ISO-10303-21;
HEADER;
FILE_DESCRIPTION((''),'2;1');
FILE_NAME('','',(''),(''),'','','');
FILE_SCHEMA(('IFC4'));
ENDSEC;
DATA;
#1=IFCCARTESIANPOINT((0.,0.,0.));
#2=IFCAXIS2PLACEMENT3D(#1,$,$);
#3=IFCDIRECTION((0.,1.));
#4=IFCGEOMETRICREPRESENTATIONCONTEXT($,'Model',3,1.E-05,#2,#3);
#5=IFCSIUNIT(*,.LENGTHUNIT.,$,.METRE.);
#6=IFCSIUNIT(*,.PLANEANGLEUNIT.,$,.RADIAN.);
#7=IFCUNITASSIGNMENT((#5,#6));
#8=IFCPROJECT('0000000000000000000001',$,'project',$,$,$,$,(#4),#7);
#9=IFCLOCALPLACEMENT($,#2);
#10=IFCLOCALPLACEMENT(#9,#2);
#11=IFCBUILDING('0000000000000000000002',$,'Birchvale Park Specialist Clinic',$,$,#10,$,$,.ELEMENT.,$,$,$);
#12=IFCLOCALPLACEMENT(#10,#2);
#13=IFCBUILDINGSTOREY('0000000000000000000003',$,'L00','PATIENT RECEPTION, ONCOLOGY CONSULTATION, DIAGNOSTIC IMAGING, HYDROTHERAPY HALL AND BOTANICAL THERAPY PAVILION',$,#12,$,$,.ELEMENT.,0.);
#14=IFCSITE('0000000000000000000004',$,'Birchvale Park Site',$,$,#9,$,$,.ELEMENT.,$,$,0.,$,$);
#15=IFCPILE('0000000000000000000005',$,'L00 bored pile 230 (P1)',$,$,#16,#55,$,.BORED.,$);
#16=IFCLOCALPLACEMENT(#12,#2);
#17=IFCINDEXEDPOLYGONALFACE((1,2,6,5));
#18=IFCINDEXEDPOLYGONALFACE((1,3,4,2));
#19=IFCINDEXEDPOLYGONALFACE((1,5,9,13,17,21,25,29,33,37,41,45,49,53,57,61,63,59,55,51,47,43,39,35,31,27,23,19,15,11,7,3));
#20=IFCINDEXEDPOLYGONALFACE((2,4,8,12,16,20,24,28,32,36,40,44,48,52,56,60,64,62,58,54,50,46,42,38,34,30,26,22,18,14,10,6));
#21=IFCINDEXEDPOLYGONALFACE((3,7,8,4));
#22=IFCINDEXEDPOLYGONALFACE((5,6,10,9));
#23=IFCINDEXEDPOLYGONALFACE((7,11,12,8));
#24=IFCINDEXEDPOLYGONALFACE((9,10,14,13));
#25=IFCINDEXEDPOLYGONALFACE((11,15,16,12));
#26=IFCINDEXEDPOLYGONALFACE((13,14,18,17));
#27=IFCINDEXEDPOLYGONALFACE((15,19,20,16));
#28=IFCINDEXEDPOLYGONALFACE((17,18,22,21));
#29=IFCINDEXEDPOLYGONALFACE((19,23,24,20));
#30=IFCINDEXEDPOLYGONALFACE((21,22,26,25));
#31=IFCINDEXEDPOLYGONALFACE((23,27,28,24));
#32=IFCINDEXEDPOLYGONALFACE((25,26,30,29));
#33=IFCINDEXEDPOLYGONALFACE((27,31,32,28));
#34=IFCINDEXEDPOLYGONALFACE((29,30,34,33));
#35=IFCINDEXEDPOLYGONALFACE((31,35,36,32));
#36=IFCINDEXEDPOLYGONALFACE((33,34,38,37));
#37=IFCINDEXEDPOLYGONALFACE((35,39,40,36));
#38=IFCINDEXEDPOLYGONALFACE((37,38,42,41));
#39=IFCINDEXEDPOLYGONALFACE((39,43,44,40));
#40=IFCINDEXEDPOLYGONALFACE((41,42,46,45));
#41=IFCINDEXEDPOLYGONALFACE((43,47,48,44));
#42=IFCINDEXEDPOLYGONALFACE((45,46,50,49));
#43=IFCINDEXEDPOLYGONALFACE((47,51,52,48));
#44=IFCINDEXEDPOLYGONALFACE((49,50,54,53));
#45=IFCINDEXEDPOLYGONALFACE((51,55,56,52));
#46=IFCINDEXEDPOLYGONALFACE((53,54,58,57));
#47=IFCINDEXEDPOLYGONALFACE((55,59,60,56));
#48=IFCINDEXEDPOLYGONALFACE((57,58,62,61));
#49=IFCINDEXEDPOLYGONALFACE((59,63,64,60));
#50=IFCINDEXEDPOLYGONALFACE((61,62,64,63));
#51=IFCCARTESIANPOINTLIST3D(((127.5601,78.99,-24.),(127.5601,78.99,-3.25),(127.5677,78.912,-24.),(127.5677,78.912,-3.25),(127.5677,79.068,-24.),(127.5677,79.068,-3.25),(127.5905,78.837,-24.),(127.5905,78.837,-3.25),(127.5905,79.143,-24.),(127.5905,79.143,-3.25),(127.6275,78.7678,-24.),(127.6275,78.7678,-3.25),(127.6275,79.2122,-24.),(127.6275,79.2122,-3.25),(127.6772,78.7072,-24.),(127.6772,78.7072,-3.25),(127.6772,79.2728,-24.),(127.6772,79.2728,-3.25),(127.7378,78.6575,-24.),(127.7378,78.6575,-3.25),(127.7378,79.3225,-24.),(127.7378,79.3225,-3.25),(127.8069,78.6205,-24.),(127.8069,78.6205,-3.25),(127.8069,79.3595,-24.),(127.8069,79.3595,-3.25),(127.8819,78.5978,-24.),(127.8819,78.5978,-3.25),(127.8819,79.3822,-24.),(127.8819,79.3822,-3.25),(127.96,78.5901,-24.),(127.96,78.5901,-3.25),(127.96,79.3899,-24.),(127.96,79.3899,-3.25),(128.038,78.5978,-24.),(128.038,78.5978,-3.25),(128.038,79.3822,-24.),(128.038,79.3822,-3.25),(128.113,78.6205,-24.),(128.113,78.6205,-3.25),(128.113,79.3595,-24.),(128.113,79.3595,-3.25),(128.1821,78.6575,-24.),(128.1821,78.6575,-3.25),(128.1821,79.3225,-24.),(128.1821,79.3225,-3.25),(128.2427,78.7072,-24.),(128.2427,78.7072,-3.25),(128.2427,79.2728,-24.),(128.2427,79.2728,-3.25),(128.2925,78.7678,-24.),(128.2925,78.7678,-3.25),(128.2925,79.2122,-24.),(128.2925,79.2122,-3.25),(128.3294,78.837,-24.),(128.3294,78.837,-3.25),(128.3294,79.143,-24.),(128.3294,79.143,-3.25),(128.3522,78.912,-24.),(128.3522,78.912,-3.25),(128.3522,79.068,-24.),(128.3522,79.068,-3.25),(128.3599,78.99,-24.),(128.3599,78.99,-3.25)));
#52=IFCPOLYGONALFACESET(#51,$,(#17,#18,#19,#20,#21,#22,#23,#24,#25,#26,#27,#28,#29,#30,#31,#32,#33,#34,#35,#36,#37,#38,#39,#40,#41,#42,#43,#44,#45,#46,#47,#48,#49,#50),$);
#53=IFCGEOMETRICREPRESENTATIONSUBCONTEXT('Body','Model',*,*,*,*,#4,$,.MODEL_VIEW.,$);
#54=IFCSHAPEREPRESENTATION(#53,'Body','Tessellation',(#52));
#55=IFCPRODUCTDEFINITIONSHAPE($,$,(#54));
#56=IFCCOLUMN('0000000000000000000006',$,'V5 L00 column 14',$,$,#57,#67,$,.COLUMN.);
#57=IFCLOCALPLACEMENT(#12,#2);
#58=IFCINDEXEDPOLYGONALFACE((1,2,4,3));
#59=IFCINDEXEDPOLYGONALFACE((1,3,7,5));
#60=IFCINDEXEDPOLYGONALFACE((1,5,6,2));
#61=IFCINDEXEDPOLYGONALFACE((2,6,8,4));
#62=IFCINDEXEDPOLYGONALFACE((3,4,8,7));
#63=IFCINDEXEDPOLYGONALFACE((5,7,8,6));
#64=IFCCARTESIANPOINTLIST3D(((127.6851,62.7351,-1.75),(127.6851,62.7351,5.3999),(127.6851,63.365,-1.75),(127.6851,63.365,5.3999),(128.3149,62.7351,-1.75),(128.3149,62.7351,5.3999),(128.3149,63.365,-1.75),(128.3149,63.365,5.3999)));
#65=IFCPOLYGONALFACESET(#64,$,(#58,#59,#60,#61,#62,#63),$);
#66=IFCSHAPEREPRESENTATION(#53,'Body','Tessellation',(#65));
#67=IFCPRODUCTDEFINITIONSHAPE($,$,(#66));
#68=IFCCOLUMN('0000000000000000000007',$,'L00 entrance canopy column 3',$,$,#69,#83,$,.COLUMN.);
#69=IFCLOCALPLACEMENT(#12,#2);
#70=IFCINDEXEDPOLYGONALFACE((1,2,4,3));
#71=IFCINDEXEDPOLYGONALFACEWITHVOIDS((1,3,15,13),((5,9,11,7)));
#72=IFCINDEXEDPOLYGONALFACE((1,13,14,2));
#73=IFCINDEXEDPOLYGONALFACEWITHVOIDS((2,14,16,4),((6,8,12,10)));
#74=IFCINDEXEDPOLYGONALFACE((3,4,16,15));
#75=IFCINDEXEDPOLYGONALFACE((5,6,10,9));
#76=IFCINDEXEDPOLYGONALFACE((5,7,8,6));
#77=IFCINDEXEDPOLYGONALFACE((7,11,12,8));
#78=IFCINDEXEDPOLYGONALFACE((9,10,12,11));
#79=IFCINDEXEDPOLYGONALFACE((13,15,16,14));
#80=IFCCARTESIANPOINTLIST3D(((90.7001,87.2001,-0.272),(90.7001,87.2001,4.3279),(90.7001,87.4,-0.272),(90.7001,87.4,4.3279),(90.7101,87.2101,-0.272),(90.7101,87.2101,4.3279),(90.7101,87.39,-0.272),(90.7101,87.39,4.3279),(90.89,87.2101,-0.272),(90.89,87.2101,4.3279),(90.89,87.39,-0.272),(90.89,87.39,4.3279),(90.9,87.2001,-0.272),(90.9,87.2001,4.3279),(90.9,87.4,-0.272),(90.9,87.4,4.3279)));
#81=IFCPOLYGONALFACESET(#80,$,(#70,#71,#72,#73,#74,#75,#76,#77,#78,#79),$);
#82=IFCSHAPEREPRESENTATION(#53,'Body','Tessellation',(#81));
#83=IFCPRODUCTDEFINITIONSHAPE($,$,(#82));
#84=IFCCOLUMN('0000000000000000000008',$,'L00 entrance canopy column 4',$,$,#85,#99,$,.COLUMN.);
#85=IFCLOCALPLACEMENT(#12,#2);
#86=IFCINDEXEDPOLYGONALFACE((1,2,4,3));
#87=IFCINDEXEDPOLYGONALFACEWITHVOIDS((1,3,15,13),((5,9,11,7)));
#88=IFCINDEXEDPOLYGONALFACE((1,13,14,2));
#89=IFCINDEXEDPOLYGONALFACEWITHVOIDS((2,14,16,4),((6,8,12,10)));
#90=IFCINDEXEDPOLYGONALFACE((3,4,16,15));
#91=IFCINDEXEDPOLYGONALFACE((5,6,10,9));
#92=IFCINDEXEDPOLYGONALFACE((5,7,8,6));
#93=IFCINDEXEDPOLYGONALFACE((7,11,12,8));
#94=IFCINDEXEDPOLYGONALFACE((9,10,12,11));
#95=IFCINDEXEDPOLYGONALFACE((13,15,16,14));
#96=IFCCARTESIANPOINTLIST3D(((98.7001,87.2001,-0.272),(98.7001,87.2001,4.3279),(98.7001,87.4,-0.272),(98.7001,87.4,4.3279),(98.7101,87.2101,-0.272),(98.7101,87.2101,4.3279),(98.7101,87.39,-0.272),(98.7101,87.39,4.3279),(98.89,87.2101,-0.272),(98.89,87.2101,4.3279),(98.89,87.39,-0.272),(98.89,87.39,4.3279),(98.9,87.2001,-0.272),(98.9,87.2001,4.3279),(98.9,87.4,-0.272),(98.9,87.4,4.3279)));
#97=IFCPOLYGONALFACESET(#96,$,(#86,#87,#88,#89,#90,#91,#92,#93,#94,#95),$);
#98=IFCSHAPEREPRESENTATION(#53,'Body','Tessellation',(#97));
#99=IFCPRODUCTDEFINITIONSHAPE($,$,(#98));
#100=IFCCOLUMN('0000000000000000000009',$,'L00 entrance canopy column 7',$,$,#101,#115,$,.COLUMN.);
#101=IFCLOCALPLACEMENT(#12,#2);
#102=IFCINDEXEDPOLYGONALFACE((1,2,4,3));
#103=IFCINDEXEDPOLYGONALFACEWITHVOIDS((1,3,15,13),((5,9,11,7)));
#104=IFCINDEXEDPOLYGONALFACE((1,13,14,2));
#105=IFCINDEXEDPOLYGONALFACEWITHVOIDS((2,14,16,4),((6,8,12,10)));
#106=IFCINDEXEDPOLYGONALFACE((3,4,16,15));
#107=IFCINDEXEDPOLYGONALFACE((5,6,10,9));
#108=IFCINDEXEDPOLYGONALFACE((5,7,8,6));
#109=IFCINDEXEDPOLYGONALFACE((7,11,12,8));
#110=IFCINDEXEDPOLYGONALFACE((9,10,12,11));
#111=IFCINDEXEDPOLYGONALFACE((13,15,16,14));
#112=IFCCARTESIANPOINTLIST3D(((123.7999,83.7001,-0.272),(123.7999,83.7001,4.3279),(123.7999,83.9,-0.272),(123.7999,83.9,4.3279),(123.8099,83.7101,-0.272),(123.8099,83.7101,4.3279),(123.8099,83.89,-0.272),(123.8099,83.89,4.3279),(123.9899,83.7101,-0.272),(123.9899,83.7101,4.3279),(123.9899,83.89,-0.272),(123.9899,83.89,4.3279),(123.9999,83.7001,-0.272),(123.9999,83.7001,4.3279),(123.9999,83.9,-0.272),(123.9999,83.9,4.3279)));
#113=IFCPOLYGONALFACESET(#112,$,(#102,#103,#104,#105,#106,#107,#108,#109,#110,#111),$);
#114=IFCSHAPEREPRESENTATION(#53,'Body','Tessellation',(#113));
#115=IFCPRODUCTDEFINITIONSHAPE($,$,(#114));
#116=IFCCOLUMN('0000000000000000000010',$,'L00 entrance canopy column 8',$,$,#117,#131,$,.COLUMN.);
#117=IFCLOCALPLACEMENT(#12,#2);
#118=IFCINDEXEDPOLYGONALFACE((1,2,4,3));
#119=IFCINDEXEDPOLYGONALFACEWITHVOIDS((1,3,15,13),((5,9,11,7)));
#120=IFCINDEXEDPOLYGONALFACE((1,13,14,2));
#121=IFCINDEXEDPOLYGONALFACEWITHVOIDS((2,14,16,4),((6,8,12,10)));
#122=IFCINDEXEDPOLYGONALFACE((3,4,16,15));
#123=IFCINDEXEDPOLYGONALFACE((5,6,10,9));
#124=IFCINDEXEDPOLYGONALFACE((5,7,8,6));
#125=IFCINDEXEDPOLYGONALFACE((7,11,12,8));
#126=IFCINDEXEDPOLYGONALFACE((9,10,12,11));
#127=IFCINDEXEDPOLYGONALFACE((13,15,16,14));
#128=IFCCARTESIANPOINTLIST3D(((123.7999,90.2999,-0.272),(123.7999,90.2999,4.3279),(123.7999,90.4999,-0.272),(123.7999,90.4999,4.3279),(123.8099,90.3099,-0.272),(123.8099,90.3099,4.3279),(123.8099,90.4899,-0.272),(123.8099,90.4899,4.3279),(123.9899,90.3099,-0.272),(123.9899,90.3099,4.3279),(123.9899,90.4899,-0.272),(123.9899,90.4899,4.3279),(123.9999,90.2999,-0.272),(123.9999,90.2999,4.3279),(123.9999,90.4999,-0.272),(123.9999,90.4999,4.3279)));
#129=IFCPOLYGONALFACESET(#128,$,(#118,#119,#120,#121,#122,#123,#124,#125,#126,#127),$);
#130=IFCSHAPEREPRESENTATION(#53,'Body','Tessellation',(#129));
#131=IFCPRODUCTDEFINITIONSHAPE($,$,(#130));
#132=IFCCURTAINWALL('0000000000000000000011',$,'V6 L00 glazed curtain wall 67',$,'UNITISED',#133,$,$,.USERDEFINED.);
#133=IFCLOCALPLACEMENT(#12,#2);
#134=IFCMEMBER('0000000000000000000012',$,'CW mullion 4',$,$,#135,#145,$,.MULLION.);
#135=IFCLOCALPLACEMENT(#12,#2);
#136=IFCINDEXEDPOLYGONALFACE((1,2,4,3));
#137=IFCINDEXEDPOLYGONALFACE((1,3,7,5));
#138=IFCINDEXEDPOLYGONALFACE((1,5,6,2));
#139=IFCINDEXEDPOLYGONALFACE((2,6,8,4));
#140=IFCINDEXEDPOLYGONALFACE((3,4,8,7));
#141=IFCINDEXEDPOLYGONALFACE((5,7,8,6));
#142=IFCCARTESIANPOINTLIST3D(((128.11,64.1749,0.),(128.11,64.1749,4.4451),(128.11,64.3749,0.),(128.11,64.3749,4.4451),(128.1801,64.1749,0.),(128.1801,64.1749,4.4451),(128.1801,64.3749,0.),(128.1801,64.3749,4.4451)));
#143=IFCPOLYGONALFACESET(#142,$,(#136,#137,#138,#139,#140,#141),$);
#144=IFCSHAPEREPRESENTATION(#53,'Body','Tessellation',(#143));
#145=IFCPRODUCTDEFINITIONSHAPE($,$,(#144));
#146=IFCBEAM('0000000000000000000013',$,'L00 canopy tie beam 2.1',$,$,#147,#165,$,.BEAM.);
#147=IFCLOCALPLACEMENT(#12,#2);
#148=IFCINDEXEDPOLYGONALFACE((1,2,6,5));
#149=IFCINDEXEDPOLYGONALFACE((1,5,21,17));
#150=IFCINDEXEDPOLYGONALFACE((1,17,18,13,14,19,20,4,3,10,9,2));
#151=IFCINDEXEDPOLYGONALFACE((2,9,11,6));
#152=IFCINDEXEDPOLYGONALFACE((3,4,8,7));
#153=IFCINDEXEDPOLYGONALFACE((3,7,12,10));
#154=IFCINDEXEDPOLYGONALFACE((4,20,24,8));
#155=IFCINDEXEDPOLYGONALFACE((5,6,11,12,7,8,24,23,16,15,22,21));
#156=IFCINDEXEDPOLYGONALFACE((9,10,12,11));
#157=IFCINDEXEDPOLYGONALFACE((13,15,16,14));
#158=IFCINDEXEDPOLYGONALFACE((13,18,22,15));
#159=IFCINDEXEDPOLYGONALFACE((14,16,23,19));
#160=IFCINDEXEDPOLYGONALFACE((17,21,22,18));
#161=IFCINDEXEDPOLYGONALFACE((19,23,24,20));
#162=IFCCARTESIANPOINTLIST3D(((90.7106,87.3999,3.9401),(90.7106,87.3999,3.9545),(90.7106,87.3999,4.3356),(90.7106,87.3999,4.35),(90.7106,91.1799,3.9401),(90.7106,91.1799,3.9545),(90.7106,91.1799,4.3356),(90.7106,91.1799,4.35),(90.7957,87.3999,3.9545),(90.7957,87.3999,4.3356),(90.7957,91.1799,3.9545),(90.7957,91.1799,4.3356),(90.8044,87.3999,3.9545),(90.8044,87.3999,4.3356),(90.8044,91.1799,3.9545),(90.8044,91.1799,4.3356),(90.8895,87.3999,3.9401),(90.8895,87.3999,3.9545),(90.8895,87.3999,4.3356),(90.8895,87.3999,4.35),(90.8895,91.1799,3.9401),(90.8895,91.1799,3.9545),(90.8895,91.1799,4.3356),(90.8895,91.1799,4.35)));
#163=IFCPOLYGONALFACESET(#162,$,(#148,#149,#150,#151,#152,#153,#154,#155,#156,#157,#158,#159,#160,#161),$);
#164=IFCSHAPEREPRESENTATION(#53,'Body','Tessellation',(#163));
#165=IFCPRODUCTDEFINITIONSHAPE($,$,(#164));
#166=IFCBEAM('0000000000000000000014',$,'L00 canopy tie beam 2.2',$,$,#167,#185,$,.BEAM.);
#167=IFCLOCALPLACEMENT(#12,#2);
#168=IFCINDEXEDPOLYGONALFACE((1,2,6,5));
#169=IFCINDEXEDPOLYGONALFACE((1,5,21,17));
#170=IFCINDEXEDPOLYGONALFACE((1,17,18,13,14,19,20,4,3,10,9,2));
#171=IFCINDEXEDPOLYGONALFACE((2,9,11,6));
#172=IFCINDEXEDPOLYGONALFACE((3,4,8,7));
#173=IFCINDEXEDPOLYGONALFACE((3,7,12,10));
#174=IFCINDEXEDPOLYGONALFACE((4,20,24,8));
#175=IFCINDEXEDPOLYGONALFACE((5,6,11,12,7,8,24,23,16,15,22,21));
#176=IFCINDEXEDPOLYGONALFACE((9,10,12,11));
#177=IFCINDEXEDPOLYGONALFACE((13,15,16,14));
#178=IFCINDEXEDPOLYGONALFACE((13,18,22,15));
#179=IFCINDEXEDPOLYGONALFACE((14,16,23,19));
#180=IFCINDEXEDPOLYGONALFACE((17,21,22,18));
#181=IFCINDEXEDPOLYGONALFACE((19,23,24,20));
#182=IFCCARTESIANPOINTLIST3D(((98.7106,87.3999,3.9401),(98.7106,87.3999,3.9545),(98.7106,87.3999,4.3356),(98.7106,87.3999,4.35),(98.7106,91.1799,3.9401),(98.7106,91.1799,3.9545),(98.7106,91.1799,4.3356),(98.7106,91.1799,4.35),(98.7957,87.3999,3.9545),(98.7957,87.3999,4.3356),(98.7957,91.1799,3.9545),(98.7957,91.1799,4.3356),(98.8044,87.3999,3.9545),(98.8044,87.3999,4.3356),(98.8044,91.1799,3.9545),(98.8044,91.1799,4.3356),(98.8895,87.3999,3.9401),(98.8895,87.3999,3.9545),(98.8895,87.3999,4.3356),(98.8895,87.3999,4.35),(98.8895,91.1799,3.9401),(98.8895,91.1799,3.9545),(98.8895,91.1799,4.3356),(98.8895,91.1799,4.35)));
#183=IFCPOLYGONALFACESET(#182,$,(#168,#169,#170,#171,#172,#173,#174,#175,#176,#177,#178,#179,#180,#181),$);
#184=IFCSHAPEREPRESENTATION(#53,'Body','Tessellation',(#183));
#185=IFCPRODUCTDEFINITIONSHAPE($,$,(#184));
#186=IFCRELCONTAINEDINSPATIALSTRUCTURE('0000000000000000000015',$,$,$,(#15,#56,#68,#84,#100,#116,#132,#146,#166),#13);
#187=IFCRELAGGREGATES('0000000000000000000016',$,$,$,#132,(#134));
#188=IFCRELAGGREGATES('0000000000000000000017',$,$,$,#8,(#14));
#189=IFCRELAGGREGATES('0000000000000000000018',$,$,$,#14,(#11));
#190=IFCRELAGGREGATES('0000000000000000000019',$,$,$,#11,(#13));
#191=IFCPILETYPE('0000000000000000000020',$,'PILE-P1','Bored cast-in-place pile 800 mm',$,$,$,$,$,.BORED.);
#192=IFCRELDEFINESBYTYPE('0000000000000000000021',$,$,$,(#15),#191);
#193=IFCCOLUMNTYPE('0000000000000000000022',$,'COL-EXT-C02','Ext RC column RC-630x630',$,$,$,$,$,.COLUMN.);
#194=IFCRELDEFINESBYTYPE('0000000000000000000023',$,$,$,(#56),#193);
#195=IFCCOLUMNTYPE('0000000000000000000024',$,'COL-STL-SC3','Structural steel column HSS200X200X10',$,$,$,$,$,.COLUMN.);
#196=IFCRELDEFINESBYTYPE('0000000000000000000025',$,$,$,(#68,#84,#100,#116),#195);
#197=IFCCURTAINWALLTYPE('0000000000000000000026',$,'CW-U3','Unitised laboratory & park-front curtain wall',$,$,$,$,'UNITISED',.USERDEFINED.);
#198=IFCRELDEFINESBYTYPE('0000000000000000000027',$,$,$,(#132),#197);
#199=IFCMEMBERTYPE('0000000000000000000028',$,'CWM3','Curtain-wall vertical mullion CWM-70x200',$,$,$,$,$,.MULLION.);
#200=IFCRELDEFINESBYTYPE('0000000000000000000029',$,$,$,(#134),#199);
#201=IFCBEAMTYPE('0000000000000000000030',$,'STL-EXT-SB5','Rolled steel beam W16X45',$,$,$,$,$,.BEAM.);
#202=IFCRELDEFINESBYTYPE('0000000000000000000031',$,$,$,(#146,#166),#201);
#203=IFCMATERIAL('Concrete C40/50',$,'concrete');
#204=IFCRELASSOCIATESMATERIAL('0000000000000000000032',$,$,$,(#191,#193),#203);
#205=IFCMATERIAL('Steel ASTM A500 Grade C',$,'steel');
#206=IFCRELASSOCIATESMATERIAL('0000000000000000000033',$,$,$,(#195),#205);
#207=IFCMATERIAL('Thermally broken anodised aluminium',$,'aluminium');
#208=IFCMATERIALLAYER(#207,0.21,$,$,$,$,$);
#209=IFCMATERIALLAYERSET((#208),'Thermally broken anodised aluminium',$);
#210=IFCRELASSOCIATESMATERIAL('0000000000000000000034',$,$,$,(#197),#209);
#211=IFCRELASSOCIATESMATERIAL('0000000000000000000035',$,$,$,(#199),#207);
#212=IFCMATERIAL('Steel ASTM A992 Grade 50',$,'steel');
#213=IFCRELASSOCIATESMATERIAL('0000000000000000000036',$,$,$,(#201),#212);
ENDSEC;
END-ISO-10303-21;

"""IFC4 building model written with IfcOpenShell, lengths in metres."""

from ifc_helpers import new_model, si_unit, direction, frame, origin, origin_2d, place, context, subcontext, project, spatial, rectangle, hollow_rectangle, circle, i_section, extrude, material, layer, layer_set, material_profile, profile_set, type_object, element, aggregate, save


model = new_model("IFC4")

# Units and contexts
model_context = context("Model", 3, precision=1e-05, world=origin(), true_north=direction((0.0, 1.0)))
body_context = subcontext(model_context, "Body", "Model", "MODEL_VIEW")
ifc_project = project(units=[si_unit("LENGTHUNIT", "METRE"), si_unit("PLANEANGLEUNIT", "RADIAN")], contexts=[model_context])

# Site, building, storey
site_placement = place(None, origin())
site = spatial("IfcSite", under=ifc_project, at=site_placement, Name="Birchvale Park Site", CompositionType="ELEMENT", RefElevation=0.0)
building_placement = place(site_placement, origin())
building = spatial("IfcBuilding", under=site, at=building_placement, Name="Birchvale Park Specialist Clinic", CompositionType="ELEMENT")
storey_placement = place(building_placement, origin())
storey = spatial("IfcBuildingStorey", under=building, at=storey_placement, Name="L00", Description="PATIENT RECEPTION, ONCOLOGY CONSULTATION, DIAGNOSTIC IMAGING, HYDROTHERAPY HALL AND BOTANICAL THERAPY PAVILION", CompositionType="ELEMENT", Elevation=0.0)

# Shared definitions
ifc_material_1 = material(Name="Concrete C40/50", Category="concrete")

# Pile
ifc_material_profile_1 = material_profile(ifc_material_1, circle(Radius=0.3999, at=origin_2d()), Name="PILE-800")
ifc_profile_set_1 = profile_set([ifc_material_profile_1], Name="Concrete C40/50")
pile_type = type_object("IfcPileType", Name="PILE-P1", Description="Bored cast-in-place pile 800 mm", PredefinedType="BORED", material=ifc_profile_set_1)
for number, where, z_axis, x_axis, name in (
    (1, (127.96, 78.99, -3.25), (0.0, 0.0, -1.0), (1.0, 0.0, 0.0), "L00 bored pile 230 (P1)"),
):
    element("IfcPile", number, at=place(storey_placement, frame(where, z_axis=z_axis, x_axis=x_axis)), inside=storey, type_object=pile_type, Name=name, PredefinedType="BORED", context=body_context, shape_type="SweptSolid", body=[
        extrude(circle(Radius=0.3999, at=origin_2d()), origin(), (0.0, 0.0, 1.0), 20.75),
    ])

# Columns
ifc_material_profile_2 = material_profile(ifc_material_1, rectangle(XDim=0.6299, YDim=0.6299, at=origin_2d()), Name="RC-630x630")
ifc_profile_set_2 = profile_set([ifc_material_profile_2], Name="Concrete C40/50")
column_type_1 = type_object("IfcColumnType", Name="COL-EXT-C02", Description="Ext RC column RC-630x630", PredefinedType="COLUMN", material=ifc_profile_set_2)
column_placement = place(storey_placement, frame((128.0, 63.05, -1.75), z_axis=(0.0, 0.0, 1.0), x_axis=(1.0, 0.0, 0.0)))
element("IfcColumn", 2, at=column_placement, inside=storey, type_object=column_type_1, Name="V5 L00 column 14", PredefinedType="COLUMN", context=body_context, shape_type="SweptSolid", body=[
    extrude(rectangle(XDim=0.6299, YDim=0.6299, at=origin_2d()), origin(), (0.0, 0.0, 1.0), 7.1499),
])
ifc_material_2 = material(Name="Steel ASTM A500 Grade C", Category="steel")
ifc_material_profile_3 = material_profile(ifc_material_2, hollow_rectangle(XDim=0.2, YDim=0.2, WallThickness=0.01, at=origin_2d()), Name="HSS200X200X10")
ifc_profile_set_3 = profile_set([ifc_material_profile_3], Name="Steel ASTM A500 Grade C")
column_type_2 = type_object("IfcColumnType", Name="COL-STL-SC3", Description="Structural steel column HSS200X200X10", PredefinedType="COLUMN", material=ifc_profile_set_3)
for number, where, z_axis, x_axis, name in (
    (3, (90.8, 87.3, -0.272), (0.0, 0.0, 1.0), (1.0, 0.0, 0.0), "L00 entrance canopy column 3"),
    (4, (98.8, 87.3, -0.272), (0.0, 0.0, 1.0), (1.0, 0.0, 0.0), "L00 entrance canopy column 4"),
    (5, (123.8999, 83.8, -0.272), (0.0, 0.0, 1.0), (1.0, 0.0, 0.0), "L00 entrance canopy column 7"),
    (6, (123.8999, 90.3999, -0.272), (0.0, 0.0, 1.0), (1.0, 0.0, 0.0), "L00 entrance canopy column 8"),
):
    element("IfcColumn", number, at=place(storey_placement, frame(where, z_axis=z_axis, x_axis=x_axis)), inside=storey, type_object=column_type_2, Name=name, PredefinedType="COLUMN", context=body_context, shape_type="SweptSolid", body=[
        extrude(hollow_rectangle(XDim=0.2, YDim=0.2, WallThickness=0.01, at=origin_2d()), origin(), (0.0, 0.0, 1.0), 4.5999),
    ])

# Curtain wall, member
ifc_material_3 = material(Name="Thermally broken anodised aluminium", Category="aluminium")
ifc_layer_1 = layer(ifc_material_3, 0.21)
ifc_layer_set_1 = layer_set([ifc_layer_1], Name="Thermally broken anodised aluminium")
curtain_wall_type = type_object("IfcCurtainWallType", Name="CW-U3", Description="Unitised laboratory & park-front curtain wall", ElementType="UNITISED", PredefinedType="USERDEFINED", material=ifc_layer_set_1)
curtain_wall_placement = place(storey_placement, origin())
curtain_wall = element("IfcCurtainWall", 7, at=curtain_wall_placement, inside=storey, type_object=curtain_wall_type, Name="V6 L00 glazed curtain wall 67", ObjectType="UNITISED", PredefinedType="USERDEFINED")
ifc_material_profile_4 = material_profile(ifc_material_3, rectangle(XDim=0.0701, YDim=0.2, at=origin_2d()), Name="CWM-70x200")
ifc_profile_set_4 = profile_set([ifc_material_profile_4], Name="Thermally broken anodised aluminium")
member_type = type_object("IfcMemberType", Name="CWM3", Description="Curtain-wall vertical mullion CWM-70x200", PredefinedType="MULLION", material=ifc_profile_set_4)
member_placement = place(storey_placement, frame((128.145, 64.2749, 0.0), z_axis=(0.0, 0.0, 1.0), x_axis=(1.0, 0.0, 0.0)))
member = element("IfcMember", 8, at=member_placement, type_object=member_type, Name="CW mullion 4", PredefinedType="MULLION", context=body_context, shape_type="SweptSolid", body=[
    extrude(rectangle(XDim=0.0701, YDim=0.2, at=origin_2d()), origin(), (0.0, 0.0, 1.0), 4.4451),
])
aggregate(curtain_wall, [member])

# Beams
ifc_material_4 = material(Name="Steel ASTM A992 Grade 50", Category="steel")
ifc_material_profile_5 = material_profile(ifc_material_4, i_section(OverallWidth=0.179, OverallDepth=0.4099, WebThickness=0.0088, FlangeThickness=0.0144, at=origin_2d()), Name="W16X45")
ifc_profile_set_5 = profile_set([ifc_material_profile_5], Name="Steel ASTM A992 Grade 50")
beam_type_1 = type_object("IfcBeamType", Name="STL-EXT-SB5", Description="Rolled steel beam W16X45", PredefinedType="BEAM", material=ifc_profile_set_5)
for number, where, z_axis, x_axis, name in (
    (9, (90.8, 87.3999, 4.145), (0.0, 1.0, 0.0), (-1.0, 0.0, 0.0), "L00 canopy tie beam 2.1"),
    (10, (98.8, 87.3999, 4.145), (0.0, 1.0, 0.0), (-1.0, 0.0, 0.0), "L00 canopy tie beam 2.2"),
):
    element("IfcBeam", number, at=place(storey_placement, frame(where, z_axis=z_axis, x_axis=x_axis)), inside=storey, type_object=beam_type_1, Name=name, PredefinedType="BEAM", context=body_context, shape_type="SweptSolid", body=[
        extrude(i_section(OverallWidth=0.179, OverallDepth=0.4099, WebThickness=0.0088, FlangeThickness=0.0144, at=origin_2d()), origin(), (0.0, 0.0, 1.0), 3.78),
    ])

save(model, "model.ifc")
